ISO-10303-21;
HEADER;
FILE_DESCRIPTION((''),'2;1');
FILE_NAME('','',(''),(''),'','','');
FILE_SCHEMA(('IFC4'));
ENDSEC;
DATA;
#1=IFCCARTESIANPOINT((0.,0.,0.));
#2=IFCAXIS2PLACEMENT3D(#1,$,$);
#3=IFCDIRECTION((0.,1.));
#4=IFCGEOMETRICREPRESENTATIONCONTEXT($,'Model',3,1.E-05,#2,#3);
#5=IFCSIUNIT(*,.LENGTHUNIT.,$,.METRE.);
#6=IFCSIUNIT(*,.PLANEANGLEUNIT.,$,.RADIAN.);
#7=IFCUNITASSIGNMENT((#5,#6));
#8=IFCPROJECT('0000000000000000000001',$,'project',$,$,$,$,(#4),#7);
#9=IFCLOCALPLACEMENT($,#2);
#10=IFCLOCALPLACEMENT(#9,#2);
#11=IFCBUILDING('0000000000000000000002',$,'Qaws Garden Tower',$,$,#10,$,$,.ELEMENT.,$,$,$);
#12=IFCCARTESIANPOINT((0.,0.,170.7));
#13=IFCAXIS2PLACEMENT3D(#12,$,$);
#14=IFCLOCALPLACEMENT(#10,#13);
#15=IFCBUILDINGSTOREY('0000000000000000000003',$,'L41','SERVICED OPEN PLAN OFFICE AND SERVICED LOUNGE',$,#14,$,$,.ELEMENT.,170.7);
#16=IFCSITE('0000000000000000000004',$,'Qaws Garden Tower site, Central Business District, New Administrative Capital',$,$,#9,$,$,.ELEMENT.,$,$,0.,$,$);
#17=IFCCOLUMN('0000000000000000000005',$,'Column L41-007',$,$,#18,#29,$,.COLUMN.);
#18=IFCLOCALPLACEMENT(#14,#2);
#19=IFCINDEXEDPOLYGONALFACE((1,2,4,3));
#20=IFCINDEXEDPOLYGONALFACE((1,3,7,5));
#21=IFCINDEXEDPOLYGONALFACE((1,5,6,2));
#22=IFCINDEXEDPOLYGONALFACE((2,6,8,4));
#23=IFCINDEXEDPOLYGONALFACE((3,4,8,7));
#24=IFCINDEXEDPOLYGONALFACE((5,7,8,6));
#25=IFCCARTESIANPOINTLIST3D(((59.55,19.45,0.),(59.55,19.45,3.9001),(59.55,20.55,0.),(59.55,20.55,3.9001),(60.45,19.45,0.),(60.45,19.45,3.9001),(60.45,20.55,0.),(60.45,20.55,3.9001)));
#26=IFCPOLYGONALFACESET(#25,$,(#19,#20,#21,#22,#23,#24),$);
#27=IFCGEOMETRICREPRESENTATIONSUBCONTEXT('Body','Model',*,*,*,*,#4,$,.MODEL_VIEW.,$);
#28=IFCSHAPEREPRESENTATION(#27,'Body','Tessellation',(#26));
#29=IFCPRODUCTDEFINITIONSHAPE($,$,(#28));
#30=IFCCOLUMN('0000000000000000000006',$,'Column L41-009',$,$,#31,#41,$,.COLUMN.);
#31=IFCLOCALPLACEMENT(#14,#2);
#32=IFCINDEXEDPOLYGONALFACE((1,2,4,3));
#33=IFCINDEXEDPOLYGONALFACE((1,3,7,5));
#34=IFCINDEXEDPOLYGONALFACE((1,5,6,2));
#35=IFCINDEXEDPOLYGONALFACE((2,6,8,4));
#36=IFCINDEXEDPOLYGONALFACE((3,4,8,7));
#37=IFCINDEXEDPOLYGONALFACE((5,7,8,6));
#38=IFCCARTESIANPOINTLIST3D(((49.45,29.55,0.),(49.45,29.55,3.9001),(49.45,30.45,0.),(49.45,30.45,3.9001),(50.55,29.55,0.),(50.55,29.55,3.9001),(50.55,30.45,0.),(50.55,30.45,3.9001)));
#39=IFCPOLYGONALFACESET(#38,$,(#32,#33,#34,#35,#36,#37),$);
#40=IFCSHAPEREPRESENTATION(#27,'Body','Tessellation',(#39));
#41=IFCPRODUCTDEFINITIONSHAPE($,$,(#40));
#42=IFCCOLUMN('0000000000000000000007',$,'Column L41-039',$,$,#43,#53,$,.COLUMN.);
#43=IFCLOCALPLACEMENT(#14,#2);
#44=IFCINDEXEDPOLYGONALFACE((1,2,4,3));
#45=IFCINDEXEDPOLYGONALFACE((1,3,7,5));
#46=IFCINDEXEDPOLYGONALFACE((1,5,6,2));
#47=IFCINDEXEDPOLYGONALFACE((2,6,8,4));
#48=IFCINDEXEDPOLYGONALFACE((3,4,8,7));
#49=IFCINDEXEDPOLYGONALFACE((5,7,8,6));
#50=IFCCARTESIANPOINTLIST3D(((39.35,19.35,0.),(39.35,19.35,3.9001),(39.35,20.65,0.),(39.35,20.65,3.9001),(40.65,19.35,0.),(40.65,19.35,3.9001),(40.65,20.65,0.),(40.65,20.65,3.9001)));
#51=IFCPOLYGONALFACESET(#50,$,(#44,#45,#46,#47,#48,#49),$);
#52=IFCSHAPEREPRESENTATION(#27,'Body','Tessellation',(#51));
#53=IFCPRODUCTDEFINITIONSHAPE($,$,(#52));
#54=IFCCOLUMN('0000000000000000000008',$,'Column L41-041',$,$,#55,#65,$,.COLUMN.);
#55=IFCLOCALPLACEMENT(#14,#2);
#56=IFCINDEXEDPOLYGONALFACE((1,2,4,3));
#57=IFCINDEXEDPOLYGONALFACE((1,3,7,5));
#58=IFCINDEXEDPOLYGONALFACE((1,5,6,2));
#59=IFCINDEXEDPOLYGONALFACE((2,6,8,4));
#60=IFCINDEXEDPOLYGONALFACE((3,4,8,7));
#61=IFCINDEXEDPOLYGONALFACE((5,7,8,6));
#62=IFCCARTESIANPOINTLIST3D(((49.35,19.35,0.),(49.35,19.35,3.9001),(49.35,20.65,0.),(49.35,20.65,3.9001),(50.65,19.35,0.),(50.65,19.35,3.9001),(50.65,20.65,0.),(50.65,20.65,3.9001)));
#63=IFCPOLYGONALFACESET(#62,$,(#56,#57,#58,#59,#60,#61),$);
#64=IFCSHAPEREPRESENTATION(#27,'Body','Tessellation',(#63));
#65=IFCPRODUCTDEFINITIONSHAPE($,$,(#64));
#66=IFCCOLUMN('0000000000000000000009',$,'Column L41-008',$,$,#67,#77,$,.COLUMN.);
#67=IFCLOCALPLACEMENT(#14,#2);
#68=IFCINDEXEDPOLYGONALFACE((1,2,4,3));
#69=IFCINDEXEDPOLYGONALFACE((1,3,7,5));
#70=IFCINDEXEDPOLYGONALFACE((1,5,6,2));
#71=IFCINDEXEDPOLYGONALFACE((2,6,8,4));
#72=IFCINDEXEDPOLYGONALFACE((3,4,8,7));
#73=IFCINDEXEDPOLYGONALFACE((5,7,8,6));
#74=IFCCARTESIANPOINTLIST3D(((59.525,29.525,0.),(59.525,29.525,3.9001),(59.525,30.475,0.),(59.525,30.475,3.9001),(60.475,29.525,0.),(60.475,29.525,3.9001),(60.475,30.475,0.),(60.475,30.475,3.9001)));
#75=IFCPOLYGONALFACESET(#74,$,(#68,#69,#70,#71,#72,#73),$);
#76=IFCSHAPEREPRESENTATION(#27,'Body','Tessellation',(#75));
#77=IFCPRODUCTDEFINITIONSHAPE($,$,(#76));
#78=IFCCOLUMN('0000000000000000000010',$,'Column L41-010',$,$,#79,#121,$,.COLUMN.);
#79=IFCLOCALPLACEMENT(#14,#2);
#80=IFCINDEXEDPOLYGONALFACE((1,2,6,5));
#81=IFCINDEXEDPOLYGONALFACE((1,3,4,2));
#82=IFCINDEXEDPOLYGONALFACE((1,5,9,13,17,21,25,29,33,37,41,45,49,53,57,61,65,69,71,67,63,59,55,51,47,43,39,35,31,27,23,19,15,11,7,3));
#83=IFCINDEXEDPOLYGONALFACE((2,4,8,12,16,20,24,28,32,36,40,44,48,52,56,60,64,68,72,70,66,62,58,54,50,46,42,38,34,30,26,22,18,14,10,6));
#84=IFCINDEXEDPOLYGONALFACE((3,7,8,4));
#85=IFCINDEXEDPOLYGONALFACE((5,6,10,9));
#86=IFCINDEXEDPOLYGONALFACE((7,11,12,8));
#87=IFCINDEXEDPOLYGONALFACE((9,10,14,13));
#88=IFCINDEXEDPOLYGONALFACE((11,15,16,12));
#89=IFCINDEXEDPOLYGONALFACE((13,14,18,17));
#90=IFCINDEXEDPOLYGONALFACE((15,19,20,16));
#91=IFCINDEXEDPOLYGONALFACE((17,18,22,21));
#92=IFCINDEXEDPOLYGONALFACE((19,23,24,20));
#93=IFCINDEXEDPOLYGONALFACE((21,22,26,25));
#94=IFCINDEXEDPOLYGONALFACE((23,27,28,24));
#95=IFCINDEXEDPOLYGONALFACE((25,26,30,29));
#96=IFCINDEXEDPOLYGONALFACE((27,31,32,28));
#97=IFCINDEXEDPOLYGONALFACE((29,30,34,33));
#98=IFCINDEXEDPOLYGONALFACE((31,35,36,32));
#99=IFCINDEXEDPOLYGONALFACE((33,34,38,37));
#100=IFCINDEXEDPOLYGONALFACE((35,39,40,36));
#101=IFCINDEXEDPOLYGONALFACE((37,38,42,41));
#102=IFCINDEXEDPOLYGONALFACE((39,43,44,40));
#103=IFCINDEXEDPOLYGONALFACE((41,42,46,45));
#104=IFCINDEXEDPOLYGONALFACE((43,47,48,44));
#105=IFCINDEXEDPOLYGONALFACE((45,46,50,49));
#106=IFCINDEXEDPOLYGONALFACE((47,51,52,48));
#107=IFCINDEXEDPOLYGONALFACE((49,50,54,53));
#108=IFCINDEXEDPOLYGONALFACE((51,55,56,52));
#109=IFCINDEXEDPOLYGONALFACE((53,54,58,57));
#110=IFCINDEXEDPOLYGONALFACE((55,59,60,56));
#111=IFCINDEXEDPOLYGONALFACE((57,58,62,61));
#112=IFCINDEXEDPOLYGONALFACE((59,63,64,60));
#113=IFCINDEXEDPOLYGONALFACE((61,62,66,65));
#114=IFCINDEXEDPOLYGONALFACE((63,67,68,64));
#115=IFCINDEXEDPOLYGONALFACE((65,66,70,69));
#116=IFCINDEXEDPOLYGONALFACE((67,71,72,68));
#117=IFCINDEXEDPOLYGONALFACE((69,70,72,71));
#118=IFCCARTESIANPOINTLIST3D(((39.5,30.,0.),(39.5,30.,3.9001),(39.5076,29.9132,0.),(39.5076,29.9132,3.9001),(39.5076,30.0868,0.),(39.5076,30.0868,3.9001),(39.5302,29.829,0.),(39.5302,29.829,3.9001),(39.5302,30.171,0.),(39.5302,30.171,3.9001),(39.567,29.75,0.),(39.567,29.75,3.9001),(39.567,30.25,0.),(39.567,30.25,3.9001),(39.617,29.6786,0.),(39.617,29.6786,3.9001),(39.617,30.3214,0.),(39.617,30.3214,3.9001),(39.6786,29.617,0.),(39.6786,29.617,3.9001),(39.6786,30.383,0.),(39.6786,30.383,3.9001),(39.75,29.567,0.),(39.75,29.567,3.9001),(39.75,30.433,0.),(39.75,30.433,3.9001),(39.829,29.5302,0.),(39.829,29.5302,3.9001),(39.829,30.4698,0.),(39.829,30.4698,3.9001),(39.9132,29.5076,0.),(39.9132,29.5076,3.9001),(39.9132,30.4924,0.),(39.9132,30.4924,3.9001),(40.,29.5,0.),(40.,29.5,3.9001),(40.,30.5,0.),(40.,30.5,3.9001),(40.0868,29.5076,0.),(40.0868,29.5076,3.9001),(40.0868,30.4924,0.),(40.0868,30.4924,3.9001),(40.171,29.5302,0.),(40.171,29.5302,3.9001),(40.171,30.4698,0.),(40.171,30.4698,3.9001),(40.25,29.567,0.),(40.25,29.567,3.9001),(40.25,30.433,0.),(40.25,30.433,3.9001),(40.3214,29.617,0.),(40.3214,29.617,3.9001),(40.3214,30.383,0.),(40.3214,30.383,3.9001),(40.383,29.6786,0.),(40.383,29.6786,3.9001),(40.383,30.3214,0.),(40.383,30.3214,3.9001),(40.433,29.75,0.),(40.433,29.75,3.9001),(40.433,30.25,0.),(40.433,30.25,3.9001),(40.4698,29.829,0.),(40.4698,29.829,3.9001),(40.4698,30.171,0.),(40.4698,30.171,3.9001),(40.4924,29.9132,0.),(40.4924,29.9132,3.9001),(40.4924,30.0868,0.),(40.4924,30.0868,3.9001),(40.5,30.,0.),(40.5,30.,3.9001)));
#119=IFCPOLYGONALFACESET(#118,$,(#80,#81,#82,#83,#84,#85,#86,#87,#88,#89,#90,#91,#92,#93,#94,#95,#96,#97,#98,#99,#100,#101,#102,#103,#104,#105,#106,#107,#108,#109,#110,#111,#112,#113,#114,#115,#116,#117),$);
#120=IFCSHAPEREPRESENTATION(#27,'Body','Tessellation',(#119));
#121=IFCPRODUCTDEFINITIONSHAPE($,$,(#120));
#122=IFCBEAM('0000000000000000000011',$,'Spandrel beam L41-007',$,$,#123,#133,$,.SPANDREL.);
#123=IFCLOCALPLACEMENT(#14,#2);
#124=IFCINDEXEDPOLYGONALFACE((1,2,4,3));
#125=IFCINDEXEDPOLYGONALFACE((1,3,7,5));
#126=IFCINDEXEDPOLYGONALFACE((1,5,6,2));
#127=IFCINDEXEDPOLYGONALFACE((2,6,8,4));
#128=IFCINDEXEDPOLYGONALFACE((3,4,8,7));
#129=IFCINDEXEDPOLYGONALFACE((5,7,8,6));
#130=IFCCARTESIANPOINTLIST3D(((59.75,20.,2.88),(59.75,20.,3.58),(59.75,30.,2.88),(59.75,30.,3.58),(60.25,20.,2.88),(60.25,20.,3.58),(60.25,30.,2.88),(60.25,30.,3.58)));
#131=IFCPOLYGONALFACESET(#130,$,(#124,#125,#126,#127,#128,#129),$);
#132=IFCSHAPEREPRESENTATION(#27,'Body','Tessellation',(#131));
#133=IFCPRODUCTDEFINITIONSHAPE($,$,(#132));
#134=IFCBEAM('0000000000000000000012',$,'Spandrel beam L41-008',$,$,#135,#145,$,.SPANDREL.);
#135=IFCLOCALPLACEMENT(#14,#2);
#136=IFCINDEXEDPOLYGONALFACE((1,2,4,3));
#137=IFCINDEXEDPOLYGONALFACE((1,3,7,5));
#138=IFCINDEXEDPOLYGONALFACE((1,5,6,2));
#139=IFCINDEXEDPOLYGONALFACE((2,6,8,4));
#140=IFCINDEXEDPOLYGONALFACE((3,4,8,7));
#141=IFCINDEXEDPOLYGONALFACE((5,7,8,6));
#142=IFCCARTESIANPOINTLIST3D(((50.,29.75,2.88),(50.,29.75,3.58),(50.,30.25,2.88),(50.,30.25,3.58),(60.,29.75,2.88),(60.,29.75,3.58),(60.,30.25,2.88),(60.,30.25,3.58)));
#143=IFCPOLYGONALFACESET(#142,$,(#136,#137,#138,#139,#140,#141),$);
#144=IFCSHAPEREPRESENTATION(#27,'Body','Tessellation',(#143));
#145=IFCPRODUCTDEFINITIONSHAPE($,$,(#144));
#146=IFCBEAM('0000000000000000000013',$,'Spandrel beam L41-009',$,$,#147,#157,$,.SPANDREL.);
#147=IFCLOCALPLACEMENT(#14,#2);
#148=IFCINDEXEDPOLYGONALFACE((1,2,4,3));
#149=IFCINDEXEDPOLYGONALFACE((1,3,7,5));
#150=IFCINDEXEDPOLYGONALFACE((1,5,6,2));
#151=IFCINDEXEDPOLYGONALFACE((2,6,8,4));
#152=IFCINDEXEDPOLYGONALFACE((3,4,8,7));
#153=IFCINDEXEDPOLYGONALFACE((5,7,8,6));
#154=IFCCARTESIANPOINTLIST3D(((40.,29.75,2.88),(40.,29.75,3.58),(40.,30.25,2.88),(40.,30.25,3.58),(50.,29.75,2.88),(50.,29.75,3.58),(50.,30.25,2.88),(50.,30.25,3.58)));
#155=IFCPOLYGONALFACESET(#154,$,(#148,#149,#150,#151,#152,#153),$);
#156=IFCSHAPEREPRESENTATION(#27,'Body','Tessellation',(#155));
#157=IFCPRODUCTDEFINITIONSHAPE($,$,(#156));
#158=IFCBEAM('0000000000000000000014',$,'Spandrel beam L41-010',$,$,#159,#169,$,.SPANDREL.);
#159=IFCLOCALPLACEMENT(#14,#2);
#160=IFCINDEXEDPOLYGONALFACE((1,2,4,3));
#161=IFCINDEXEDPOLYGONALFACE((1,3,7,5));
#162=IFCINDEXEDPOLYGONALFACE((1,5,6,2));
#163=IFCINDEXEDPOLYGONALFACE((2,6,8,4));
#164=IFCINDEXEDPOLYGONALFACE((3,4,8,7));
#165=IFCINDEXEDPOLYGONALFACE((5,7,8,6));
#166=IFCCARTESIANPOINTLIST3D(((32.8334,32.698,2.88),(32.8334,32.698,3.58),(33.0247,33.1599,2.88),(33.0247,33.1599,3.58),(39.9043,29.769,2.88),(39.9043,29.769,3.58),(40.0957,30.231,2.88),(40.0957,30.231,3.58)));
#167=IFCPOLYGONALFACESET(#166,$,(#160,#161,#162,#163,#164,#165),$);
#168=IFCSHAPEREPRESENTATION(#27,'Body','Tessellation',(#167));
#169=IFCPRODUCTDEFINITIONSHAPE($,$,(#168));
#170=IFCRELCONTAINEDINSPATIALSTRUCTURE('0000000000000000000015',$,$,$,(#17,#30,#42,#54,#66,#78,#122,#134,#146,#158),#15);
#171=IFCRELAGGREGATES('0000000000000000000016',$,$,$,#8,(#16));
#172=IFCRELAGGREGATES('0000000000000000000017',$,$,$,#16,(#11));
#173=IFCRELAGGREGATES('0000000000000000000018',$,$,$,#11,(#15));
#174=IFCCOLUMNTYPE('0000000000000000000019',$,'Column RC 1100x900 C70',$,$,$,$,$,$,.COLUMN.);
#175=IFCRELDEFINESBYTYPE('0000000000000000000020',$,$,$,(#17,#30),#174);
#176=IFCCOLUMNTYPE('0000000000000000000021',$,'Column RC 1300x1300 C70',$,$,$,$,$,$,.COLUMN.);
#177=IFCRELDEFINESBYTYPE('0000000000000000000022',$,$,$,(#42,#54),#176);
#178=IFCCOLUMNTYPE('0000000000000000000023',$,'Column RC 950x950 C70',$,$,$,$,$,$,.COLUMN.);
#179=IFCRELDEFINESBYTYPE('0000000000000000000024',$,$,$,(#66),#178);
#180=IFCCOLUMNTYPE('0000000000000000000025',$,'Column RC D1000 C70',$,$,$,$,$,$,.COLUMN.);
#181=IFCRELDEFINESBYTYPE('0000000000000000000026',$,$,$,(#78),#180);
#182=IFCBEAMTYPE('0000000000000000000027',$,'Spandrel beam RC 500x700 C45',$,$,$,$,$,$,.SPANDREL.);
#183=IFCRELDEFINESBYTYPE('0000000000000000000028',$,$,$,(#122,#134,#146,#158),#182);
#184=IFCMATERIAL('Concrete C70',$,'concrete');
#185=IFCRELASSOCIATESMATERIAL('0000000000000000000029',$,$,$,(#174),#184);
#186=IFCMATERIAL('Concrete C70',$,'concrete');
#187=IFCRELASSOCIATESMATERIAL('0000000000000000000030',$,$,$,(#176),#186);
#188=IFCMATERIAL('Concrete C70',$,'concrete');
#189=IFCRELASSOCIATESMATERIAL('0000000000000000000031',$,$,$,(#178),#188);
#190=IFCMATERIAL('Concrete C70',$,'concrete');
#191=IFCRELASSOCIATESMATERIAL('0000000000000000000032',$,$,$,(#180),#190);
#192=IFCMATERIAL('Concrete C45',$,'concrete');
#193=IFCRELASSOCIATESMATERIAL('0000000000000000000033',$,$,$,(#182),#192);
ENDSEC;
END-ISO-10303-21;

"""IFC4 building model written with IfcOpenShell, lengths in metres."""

from ifc_helpers import new_model, si_unit, direction, frame, origin, origin_2d, place, context, subcontext, project, spatial, rectangle, circle, extrude, material, material_profile, profile_set, type_object, element, save


model = new_model("IFC4")

# Units and contexts
model_context = context("Model", 3, precision=1e-05, world=origin(), true_north=direction((0.0, 1.0)))
body_context = subcontext(model_context, "Body", "Model", "MODEL_VIEW")
ifc_project = project(units=[si_unit("LENGTHUNIT", "METRE"), si_unit("PLANEANGLEUNIT", "RADIAN")], contexts=[model_context])

# Site, building, storey
site_placement = place(None, origin())
site = spatial("IfcSite", under=ifc_project, at=site_placement, Name="Qaws Garden Tower site, Central Business District, New Administrative Capital", CompositionType="ELEMENT", RefElevation=0.0)
building_placement = place(site_placement, origin())
building = spatial("IfcBuilding", under=site, at=building_placement, Name="Qaws Garden Tower", CompositionType="ELEMENT")
storey_placement = place(building_placement, frame((0.0, 0.0, 170.7)))
storey = spatial("IfcBuildingStorey", under=building, at=storey_placement, Name="L41", Description="SERVICED OPEN PLAN OFFICE AND SERVICED LOUNGE", CompositionType="ELEMENT", Elevation=170.7)

# Columns
ifc_material_1 = material(Name="Concrete C70", Category="concrete")
ifc_material_profile_1 = material_profile(ifc_material_1, rectangle(XDim=1.1001, YDim=0.8999, at=origin_2d()), Name="RC 1100x900")
ifc_profile_set_1 = profile_set([ifc_material_profile_1], Name="Concrete C70")
column_type_1 = type_object("IfcColumnType", Name="Column RC 1100x900 C70", PredefinedType="COLUMN", material=ifc_profile_set_1)
for number, where, z_axis, x_axis, name in (
    (1, (60.0, 20.0, 0.0), (0.0, 0.0, 1.0), (0.0, 1.0, 0.0), "Column L41-007"),
    (2, (50.0, 30.0, 0.0), (0.0, 0.0, 1.0), (1.0, 0.0, 0.0), "Column L41-009"),
):
    element("IfcColumn", number, at=place(storey_placement, frame(where, z_axis=z_axis, x_axis=x_axis)), inside=storey, type_object=column_type_1, Name=name, PredefinedType="COLUMN", context=body_context, shape_type="SweptSolid", body=[
        extrude(rectangle(XDim=1.1001, YDim=0.8999, at=origin_2d()), origin(), (0.0, 0.0, 1.0), 3.9001),
    ])
ifc_material_2 = material(Name="Concrete C70", Category="concrete")
ifc_material_profile_2 = material_profile(ifc_material_2, rectangle(XDim=1.3, YDim=1.3, at=origin_2d()), Name="RC 1300x1300")
ifc_profile_set_2 = profile_set([ifc_material_profile_2], Name="Concrete C70")
column_type_2 = type_object("IfcColumnType", Name="Column RC 1300x1300 C70", PredefinedType="COLUMN", material=ifc_profile_set_2)
for number, where, z_axis, x_axis, name in (
    (3, (40.0, 20.0, 0.0), (0.0, 0.0, 1.0), (1.0, 0.0, 0.0), "Column L41-039"),
    (4, (50.0, 20.0, 0.0), (0.0, 0.0, 1.0), (1.0, 0.0, 0.0), "Column L41-041"),
):
    element("IfcColumn", number, at=place(storey_placement, frame(where, z_axis=z_axis, x_axis=x_axis)), inside=storey, type_object=column_type_2, Name=name, PredefinedType="COLUMN", context=body_context, shape_type="SweptSolid", body=[
        extrude(rectangle(XDim=1.3, YDim=1.3, at=origin_2d()), origin(), (0.0, 0.0, 1.0), 3.9001),
    ])
ifc_material_3 = material(Name="Concrete C70", Category="concrete")
ifc_material_profile_3 = material_profile(ifc_material_3, rectangle(XDim=0.95, YDim=0.95, at=origin_2d()), Name="RC 950x950")
ifc_profile_set_3 = profile_set([ifc_material_profile_3], Name="Concrete C70")
column_type_3 = type_object("IfcColumnType", Name="Column RC 950x950 C70", PredefinedType="COLUMN", material=ifc_profile_set_3)
column_1_placement = place(storey_placement, frame((60.0, 30.0, 0.0), z_axis=(0.0, 0.0, 1.0), x_axis=(1.0, 0.0, 0.0)))
element("IfcColumn", 5, at=column_1_placement, inside=storey, type_object=column_type_3, Name="Column L41-008", PredefinedType="COLUMN", context=body_context, shape_type="SweptSolid", body=[
    extrude(rectangle(XDim=0.95, YDim=0.95, at=origin_2d()), origin(), (0.0, 0.0, 1.0), 3.9001),
])
ifc_material_4 = material(Name="Concrete C70", Category="concrete")
ifc_material_profile_4 = material_profile(ifc_material_4, circle(Radius=0.5, at=origin_2d()), Name="RC D1000")
ifc_profile_set_4 = profile_set([ifc_material_profile_4], Name="Concrete C70")
column_type_4 = type_object("IfcColumnType", Name="Column RC D1000 C70", PredefinedType="COLUMN", material=ifc_profile_set_4)
column_2_placement = place(storey_placement, frame((40.0, 30.0, 0.0), z_axis=(0.0, 0.0, 1.0), x_axis=(1.0, 0.0, 0.0)))
element("IfcColumn", 6, at=column_2_placement, inside=storey, type_object=column_type_4, Name="Column L41-010", PredefinedType="COLUMN", context=body_context, shape_type="SweptSolid", body=[
    extrude(circle(Radius=0.5, at=origin_2d()), origin(), (0.0, 0.0, 1.0), 3.9001),
])

# Beams
ifc_material_5 = material(Name="Concrete C45", Category="concrete")
ifc_material_profile_5 = material_profile(ifc_material_5, rectangle(XDim=0.5, YDim=0.7, at=origin_2d()), Name="RC 500x700")
ifc_profile_set_5 = profile_set([ifc_material_profile_5], Name="Concrete C45")
beam_type = type_object("IfcBeamType", Name="Spandrel beam RC 500x700 C45", PredefinedType="SPANDREL", material=ifc_profile_set_5)
for number, where, z_axis, x_axis, name in (
    (7, (60.0, 20.0, 3.23), (0.0, 1.0, 0.0), (-1.0, 0.0, 0.0), "Spandrel beam L41-007"),
    (8, (60.0, 30.0, 3.23), (-1.0, 0.0, 0.0), (0.0, -1.0, 0.0), "Spandrel beam L41-008"),
    (9, (50.0, 30.0, 3.23), (-1.0, 0.0, 0.0), (0.0, -1.0, 0.0), "Spandrel beam L41-009"),
):
    element("IfcBeam", number, at=place(storey_placement, frame(where, z_axis=z_axis, x_axis=x_axis)), inside=storey, type_object=beam_type, Name=name, PredefinedType="SPANDREL", context=body_context, shape_type="SweptSolid", body=[
        extrude(rectangle(XDim=0.5, YDim=0.7, at=origin_2d()), origin(), (0.0, 0.0, 1.0), 10.0),
    ])
beam_placement = place(storey_placement, frame((40.0, 30.0, 3.23), z_axis=(-0.923878, 0.382687, 0.0), x_axis=(-0.382687, -0.923878, 0.0)))
element("IfcBeam", 10, at=beam_placement, inside=storey, type_object=beam_type, Name="Spandrel beam L41-010", PredefinedType="SPANDREL", context=body_context, shape_type="SweptSolid", body=[
    extrude(rectangle(XDim=0.5, YDim=0.7, at=origin_2d()), origin(), (0.0, 0.0, 1.0), 7.6536),
])

save(model, "model.ifc")
